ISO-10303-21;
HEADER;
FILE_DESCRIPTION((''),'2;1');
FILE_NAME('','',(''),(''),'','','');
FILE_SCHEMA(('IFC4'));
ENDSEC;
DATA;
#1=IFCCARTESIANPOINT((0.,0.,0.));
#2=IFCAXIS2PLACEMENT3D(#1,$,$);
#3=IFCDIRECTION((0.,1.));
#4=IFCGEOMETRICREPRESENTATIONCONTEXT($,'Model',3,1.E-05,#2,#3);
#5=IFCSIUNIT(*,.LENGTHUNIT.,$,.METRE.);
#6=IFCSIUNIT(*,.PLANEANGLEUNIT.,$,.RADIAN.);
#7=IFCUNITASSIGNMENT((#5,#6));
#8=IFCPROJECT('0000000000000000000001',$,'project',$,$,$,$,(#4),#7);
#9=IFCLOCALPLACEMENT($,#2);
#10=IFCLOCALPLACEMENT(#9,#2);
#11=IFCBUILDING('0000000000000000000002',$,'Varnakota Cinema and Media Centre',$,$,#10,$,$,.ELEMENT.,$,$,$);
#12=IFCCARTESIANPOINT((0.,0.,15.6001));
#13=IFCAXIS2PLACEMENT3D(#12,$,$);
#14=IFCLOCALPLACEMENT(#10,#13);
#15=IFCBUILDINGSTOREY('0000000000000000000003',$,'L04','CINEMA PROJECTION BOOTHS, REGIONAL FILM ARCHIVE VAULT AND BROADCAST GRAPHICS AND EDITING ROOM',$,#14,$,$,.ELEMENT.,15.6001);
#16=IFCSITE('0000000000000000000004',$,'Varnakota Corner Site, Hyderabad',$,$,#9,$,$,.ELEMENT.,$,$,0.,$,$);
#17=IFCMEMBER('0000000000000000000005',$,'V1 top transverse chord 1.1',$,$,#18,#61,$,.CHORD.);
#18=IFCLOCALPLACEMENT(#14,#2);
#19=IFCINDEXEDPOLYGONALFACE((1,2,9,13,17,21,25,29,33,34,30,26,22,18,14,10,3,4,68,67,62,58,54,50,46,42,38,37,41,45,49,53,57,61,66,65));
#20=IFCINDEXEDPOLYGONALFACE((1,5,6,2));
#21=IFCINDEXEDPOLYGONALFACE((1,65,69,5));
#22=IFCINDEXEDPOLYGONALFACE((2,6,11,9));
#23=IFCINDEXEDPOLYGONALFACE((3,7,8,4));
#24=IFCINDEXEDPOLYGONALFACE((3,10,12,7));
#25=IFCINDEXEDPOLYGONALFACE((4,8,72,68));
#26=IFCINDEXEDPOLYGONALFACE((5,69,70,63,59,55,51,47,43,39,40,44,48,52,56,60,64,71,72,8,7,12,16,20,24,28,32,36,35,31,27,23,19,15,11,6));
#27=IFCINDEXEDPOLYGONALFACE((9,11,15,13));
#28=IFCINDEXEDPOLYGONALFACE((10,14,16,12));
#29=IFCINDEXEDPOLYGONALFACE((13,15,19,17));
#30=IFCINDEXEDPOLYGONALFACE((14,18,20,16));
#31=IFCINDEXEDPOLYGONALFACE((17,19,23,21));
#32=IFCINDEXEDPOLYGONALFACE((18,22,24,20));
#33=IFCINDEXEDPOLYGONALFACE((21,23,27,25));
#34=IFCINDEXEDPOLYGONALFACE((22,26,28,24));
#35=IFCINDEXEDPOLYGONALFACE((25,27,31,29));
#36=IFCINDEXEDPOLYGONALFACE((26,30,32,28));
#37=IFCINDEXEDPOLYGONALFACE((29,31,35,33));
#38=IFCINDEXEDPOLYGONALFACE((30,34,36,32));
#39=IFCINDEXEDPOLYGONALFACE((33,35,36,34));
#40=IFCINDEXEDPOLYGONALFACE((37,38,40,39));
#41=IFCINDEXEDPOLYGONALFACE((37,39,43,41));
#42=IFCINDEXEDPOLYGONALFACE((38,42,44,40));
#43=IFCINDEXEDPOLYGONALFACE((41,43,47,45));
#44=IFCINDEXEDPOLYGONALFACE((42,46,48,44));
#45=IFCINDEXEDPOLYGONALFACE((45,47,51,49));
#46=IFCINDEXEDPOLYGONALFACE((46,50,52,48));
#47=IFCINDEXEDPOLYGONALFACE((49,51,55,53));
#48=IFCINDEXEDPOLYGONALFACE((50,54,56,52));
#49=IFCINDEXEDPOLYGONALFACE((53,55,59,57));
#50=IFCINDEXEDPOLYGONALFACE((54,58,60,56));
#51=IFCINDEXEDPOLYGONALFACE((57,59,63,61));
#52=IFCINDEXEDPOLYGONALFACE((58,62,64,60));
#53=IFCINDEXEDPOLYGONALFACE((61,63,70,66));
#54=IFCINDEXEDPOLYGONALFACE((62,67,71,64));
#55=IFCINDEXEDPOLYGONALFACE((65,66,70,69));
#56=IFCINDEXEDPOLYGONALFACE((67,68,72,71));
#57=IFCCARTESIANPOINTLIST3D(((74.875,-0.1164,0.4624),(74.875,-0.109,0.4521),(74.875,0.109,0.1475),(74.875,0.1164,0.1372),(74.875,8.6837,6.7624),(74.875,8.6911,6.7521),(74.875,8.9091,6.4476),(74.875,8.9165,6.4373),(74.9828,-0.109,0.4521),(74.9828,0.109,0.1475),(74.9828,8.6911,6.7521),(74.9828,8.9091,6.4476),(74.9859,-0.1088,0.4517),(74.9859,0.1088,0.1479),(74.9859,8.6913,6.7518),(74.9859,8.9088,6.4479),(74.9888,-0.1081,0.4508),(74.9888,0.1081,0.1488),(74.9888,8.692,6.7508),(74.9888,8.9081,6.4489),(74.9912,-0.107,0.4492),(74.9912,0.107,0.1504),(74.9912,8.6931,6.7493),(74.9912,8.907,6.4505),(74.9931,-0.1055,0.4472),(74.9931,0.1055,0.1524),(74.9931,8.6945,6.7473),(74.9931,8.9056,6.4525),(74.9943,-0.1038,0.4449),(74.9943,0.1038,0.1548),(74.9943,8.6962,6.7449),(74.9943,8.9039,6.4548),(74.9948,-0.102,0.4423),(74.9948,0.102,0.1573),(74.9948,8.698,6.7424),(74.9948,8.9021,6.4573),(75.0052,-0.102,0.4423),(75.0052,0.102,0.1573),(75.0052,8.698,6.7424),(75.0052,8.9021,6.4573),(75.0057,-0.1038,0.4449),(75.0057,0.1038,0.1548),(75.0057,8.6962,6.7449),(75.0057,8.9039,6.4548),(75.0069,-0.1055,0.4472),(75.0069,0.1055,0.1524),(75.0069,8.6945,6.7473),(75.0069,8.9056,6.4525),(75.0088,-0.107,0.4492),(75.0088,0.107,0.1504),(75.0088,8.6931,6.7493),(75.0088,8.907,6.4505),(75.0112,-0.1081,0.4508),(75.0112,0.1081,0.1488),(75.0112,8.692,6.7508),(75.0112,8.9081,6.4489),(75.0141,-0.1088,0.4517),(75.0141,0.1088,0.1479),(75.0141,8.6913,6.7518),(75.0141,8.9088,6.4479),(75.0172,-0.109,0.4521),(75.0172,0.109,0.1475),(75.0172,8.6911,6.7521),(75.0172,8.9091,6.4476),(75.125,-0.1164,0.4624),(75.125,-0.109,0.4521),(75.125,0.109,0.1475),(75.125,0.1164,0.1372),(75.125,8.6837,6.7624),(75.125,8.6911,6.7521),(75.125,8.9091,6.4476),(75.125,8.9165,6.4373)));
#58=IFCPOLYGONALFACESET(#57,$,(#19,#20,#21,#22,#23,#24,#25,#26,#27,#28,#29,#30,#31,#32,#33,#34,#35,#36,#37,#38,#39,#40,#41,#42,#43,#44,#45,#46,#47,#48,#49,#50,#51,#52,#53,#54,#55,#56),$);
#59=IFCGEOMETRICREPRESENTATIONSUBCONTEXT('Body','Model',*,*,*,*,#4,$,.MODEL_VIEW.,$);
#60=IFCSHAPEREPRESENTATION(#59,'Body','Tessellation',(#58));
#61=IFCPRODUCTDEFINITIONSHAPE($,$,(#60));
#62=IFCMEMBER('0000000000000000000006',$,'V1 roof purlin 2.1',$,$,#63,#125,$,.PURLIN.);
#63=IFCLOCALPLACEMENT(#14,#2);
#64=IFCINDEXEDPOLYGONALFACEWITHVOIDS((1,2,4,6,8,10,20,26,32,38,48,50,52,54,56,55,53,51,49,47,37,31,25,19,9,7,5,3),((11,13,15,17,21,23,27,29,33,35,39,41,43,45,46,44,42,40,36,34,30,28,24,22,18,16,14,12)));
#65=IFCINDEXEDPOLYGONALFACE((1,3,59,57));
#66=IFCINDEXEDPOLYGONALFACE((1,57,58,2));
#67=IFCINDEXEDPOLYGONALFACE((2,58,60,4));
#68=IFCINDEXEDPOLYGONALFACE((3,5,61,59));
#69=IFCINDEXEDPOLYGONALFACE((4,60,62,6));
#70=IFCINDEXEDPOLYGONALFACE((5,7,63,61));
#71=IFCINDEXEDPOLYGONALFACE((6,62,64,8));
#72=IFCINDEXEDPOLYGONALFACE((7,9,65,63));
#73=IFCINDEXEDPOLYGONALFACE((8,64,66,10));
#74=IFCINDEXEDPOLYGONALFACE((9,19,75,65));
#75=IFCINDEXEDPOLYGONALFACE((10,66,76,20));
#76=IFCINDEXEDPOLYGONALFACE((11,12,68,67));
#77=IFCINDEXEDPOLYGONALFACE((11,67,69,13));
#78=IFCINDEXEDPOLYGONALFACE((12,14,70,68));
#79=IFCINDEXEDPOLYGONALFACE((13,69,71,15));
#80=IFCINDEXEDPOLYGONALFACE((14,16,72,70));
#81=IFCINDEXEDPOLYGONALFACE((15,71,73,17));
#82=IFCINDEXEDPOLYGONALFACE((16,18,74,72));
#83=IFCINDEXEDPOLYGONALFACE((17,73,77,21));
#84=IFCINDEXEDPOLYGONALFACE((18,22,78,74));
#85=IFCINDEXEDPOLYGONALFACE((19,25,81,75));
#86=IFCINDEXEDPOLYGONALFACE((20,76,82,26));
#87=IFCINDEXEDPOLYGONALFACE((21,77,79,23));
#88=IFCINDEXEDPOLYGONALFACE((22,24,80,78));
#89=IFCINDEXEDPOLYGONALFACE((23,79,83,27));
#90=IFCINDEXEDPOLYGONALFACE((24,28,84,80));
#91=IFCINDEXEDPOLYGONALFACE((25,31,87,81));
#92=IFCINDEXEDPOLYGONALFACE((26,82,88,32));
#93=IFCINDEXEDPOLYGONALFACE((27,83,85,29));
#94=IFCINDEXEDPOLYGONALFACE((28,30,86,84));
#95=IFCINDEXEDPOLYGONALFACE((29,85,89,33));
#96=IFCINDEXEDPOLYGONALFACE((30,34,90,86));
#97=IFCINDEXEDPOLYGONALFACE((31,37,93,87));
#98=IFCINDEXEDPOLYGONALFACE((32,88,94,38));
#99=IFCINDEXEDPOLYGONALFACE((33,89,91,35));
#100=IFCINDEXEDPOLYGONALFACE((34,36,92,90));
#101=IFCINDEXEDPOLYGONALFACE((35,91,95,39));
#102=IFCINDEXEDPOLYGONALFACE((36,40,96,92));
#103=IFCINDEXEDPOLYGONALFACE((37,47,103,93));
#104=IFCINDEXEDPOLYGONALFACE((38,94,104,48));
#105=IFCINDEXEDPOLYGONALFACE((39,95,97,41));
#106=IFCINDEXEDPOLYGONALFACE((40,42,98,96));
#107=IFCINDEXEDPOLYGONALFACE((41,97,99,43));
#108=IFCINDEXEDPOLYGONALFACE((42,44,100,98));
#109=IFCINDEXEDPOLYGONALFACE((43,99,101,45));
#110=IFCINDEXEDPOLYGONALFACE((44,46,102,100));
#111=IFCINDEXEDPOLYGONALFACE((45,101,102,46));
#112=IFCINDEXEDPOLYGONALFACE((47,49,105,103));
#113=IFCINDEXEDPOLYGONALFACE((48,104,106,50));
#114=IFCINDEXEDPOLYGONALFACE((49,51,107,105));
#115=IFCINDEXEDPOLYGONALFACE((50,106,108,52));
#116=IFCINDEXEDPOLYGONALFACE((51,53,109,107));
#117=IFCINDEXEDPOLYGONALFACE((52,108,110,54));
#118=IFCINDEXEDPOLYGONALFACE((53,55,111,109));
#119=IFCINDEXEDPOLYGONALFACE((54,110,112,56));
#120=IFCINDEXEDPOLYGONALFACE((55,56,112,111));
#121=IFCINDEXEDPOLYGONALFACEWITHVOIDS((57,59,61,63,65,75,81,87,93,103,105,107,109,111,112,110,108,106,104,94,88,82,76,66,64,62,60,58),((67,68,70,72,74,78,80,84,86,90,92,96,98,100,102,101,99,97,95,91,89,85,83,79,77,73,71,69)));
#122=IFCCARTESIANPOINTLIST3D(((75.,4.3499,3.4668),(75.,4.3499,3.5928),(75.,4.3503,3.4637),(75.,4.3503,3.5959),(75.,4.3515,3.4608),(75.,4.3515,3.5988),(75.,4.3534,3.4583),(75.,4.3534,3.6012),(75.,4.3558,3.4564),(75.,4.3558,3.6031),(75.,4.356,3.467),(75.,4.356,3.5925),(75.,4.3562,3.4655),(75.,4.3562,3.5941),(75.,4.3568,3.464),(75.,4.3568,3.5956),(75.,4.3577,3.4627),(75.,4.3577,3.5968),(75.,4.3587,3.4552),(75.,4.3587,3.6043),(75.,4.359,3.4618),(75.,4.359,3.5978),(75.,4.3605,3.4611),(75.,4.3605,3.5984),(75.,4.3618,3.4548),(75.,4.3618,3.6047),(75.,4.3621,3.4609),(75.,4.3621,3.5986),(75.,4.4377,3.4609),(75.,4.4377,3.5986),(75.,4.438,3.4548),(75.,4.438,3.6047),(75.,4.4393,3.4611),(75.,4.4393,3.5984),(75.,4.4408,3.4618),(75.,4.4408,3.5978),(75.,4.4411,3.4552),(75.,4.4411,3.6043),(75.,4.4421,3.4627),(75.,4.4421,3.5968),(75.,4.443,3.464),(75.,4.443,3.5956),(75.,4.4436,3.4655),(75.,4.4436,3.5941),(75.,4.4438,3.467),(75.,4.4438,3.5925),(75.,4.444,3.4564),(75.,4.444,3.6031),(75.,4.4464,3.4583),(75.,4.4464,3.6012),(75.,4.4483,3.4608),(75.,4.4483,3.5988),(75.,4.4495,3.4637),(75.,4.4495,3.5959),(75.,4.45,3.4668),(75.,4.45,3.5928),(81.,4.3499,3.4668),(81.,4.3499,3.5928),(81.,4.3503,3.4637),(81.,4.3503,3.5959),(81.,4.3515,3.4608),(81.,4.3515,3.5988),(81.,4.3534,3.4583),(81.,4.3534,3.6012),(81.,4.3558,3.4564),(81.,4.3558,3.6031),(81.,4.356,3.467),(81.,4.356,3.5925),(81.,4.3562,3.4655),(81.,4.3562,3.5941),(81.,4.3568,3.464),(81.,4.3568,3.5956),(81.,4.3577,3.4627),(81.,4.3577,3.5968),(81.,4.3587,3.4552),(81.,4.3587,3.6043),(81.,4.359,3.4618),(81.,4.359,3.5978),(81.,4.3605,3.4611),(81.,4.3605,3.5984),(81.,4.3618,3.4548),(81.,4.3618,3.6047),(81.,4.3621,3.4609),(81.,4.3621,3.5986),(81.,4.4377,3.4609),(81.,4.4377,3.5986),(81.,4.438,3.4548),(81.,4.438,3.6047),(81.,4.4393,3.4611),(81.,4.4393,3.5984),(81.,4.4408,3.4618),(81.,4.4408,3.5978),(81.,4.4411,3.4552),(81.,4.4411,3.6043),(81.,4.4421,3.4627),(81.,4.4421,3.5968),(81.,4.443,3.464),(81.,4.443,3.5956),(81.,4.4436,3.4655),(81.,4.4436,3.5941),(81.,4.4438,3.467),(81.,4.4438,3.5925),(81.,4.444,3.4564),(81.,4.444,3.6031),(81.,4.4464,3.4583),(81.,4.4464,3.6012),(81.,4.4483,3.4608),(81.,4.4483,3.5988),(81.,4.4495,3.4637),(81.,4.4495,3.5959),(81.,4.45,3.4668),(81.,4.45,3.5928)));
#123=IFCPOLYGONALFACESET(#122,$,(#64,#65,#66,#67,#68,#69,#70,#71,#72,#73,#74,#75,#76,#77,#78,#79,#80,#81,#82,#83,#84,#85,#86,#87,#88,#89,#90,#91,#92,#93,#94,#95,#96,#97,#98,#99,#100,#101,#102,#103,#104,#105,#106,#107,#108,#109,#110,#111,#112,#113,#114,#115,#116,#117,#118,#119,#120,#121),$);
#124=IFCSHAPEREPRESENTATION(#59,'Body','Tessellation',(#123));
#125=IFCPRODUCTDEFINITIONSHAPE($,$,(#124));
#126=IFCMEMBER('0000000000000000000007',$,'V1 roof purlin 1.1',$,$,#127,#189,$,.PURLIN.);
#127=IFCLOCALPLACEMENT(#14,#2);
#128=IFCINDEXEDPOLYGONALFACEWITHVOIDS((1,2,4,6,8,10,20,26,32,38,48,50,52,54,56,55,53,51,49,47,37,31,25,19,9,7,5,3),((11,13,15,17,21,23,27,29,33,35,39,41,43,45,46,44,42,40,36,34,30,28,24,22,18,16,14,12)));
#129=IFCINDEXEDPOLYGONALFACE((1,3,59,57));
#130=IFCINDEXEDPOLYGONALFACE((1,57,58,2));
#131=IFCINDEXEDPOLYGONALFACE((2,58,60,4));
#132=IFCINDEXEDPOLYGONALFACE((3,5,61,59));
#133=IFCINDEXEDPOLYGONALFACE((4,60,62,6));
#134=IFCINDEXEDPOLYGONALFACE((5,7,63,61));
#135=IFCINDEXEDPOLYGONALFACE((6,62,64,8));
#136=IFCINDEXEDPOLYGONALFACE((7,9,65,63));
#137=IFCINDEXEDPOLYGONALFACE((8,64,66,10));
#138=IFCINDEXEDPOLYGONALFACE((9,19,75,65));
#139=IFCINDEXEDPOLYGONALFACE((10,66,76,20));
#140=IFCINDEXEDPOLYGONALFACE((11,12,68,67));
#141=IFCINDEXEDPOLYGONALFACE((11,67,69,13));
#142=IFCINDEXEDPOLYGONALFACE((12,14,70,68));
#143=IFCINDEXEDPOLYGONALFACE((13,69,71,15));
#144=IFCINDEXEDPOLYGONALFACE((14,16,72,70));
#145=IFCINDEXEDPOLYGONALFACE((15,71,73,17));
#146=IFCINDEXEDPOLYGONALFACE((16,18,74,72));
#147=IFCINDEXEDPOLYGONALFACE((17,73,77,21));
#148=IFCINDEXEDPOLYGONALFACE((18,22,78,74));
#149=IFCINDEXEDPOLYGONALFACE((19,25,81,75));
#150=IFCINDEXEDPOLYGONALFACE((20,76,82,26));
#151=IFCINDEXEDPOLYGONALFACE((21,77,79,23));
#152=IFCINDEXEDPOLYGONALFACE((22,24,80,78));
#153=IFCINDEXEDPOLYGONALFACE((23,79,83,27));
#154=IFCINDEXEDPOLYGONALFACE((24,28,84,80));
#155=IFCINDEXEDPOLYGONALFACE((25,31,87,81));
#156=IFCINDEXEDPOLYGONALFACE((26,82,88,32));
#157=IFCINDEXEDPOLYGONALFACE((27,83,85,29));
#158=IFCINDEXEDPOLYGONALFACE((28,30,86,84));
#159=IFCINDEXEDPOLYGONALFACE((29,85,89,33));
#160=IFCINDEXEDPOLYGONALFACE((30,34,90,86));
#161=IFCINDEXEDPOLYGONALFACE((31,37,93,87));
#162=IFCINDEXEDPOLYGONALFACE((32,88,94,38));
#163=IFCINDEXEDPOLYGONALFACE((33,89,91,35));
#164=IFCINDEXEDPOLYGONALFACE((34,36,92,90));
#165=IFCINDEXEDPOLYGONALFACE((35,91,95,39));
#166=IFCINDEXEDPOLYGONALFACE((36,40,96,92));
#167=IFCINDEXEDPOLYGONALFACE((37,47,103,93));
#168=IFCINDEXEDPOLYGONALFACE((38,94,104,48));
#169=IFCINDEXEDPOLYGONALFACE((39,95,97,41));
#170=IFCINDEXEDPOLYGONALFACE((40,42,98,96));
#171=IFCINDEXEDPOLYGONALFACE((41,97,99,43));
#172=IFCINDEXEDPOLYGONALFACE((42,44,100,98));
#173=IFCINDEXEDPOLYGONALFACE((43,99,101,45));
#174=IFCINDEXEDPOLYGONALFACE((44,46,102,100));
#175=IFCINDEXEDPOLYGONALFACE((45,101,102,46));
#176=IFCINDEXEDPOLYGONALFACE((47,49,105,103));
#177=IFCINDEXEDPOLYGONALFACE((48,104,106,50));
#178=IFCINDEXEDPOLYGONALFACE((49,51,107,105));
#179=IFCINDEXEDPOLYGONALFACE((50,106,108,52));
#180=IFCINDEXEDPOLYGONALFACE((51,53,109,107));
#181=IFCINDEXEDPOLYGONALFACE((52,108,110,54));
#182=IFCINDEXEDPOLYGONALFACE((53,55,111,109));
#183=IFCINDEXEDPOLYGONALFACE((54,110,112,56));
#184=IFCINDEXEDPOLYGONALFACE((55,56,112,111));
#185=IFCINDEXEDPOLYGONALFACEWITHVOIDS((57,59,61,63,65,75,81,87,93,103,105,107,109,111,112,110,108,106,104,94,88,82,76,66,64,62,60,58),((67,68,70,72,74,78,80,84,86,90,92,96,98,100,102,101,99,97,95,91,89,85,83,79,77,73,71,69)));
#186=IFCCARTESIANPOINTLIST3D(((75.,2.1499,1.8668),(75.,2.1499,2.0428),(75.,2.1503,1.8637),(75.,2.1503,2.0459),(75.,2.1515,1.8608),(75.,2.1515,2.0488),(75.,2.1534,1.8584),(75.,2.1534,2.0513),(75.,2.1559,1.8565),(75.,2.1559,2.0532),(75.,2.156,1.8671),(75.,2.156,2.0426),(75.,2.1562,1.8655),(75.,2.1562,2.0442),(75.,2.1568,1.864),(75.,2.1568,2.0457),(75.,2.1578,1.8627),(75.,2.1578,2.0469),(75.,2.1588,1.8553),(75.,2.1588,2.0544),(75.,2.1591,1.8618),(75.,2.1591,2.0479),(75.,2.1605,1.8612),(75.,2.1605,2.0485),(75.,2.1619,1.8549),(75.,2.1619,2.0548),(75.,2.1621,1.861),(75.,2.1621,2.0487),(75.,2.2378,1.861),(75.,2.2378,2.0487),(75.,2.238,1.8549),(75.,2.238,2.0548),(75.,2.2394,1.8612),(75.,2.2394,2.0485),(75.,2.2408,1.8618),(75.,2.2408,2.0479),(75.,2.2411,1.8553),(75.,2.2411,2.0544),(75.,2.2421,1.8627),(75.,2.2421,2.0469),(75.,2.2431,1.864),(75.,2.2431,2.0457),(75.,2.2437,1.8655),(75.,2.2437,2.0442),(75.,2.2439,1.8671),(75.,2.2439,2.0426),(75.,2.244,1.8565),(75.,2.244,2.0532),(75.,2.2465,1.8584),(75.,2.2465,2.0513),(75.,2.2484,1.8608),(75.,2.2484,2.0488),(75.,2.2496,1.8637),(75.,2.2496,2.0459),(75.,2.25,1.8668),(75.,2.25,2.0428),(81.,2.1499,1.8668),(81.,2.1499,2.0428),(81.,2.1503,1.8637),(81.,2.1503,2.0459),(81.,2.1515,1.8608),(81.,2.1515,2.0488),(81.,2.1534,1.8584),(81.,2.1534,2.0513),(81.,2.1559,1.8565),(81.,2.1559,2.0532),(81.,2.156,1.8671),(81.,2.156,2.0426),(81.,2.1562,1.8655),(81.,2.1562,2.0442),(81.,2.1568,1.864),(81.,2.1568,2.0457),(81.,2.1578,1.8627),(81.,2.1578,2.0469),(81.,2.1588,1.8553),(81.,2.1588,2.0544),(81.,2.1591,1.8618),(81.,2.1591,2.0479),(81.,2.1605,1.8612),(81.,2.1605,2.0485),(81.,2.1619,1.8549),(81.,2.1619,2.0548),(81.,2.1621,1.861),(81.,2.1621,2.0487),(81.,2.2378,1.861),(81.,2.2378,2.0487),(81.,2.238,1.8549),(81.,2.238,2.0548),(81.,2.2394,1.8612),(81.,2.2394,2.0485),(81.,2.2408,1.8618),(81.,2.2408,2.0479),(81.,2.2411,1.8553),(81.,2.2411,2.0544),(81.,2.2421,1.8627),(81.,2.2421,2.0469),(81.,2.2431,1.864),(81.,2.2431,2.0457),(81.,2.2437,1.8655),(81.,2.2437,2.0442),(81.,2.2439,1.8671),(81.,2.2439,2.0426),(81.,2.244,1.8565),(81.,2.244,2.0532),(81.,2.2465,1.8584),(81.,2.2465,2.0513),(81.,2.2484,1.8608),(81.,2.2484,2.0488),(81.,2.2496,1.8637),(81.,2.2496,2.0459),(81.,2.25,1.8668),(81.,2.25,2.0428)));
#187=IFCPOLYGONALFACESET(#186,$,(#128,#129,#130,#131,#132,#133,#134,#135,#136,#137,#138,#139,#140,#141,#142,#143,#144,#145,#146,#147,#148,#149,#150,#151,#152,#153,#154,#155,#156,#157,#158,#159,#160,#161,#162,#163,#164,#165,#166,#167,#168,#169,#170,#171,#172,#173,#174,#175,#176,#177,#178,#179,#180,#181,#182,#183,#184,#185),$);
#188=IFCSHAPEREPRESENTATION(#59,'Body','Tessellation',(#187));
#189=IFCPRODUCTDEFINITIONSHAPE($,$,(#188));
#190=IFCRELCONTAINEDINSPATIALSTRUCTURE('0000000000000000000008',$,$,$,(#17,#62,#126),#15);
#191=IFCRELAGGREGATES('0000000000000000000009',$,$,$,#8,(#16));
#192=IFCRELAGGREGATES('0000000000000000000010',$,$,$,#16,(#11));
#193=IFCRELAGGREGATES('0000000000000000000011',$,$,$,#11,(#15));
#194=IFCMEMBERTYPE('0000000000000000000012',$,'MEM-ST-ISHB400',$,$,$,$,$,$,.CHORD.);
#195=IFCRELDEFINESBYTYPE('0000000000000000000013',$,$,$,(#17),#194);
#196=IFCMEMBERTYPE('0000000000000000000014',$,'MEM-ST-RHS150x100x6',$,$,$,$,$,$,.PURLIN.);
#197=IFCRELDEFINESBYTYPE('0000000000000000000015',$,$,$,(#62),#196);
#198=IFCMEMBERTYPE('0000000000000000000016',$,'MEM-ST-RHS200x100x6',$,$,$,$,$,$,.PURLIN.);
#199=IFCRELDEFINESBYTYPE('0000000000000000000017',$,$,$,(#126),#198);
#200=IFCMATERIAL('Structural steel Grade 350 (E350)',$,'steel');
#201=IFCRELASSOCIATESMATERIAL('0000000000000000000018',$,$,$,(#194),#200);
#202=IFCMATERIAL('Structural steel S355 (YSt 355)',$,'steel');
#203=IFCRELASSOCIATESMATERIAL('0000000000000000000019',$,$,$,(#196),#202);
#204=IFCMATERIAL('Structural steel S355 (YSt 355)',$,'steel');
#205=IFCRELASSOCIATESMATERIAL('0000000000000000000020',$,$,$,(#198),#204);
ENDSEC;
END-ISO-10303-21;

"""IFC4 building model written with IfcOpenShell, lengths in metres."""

from ifc_helpers import new_model, si_unit, direction, frame, origin, origin_2d, place, context, subcontext, project, spatial, hollow_rectangle, i_section, extrude, material, material_profile, profile_set, type_object, element, save


model = new_model("IFC4")

# Units and contexts
model_context = context("Model", 3, precision=1e-05, world=origin(), true_north=direction((0.0, 1.0)))
body_context = subcontext(model_context, "Body", "Model", "MODEL_VIEW")
ifc_project = project(units=[si_unit("LENGTHUNIT", "METRE"), si_unit("PLANEANGLEUNIT", "RADIAN")], contexts=[model_context])

# Site, building, storey
site_placement = place(None, origin())
site = spatial("IfcSite", under=ifc_project, at=site_placement, Name="Varnakota Corner Site, Hyderabad", CompositionType="ELEMENT", RefElevation=0.0)
building_placement = place(site_placement, origin())
building = spatial("IfcBuilding", under=site, at=building_placement, Name="Varnakota Cinema and Media Centre", CompositionType="ELEMENT")
storey_placement = place(building_placement, frame((0.0, 0.0, 15.6001)))
storey = spatial("IfcBuildingStorey", under=building, at=storey_placement, Name="L04", Description="CINEMA PROJECTION BOOTHS, REGIONAL FILM ARCHIVE VAULT AND BROADCAST GRAPHICS AND EDITING ROOM", CompositionType="ELEMENT", Elevation=15.6001)

# Members
ifc_material_1 = material(Name="Structural steel Grade 350 (E350)", Category="steel")
ifc_material_profile_1 = material_profile(ifc_material_1, i_section(OverallWidth=0.25, OverallDepth=0.3999, WebThickness=0.0105, FlangeThickness=0.0127, FilletRadius=0.012, at=origin_2d()), Name="ISHB 400")
ifc_profile_set_1 = profile_set([ifc_material_profile_1], Name="Structural steel Grade 350 (E350)")
member_type_1 = type_object("IfcMemberType", Name="MEM-ST-ISHB400", PredefinedType="CHORD", material=ifc_profile_set_1)
member_1_placement = place(storey_placement, frame((75.0, 0.0, 0.2998), z_axis=(0.0, 0.813108, 0.582113), x_axis=(-1.0, 0.0, 0.0)))
element("IfcMember", 1, at=member_1_placement, inside=storey, type_object=member_type_1, Name="V1 top transverse chord 1.1", PredefinedType="CHORD", context=body_context, shape_type="SweptSolid", body=[
    extrude(i_section(OverallWidth=0.25, OverallDepth=0.3999, WebThickness=0.0105, FlangeThickness=0.0127, FilletRadius=0.012, at=origin_2d()), origin(), (0.0, 0.0, 1.0), 10.8228),
])
ifc_material_2 = material(Name="Structural steel S355 (YSt 355)", Category="steel")
ifc_material_profile_2 = material_profile(ifc_material_2, hollow_rectangle(XDim=0.1001, YDim=0.1499, WallThickness=0.0061, InnerFilletRadius=0.0061, OuterFilletRadius=0.012, at=origin_2d()), Name="RHS 150x100x6")
ifc_profile_set_2 = profile_set([ifc_material_profile_2], Name="Structural steel S355 (YSt 355)")
member_type_2 = type_object("IfcMemberType", Name="MEM-ST-RHS150x100x6", PredefinedType="PURLIN", material=ifc_profile_set_2)
member_2_placement = place(storey_placement, frame((75.0, 4.3999, 3.5298), z_axis=(1.0, 0.0, 0.0), x_axis=(0.0, 1.0, 0.0)))
element("IfcMember", 2, at=member_2_placement, inside=storey, type_object=member_type_2, Name="V1 roof purlin 2.1", PredefinedType="PURLIN", context=body_context, shape_type="SweptSolid", body=[
    extrude(hollow_rectangle(XDim=0.1001, YDim=0.1499, WallThickness=0.0061, InnerFilletRadius=0.0061, OuterFilletRadius=0.012, at=origin_2d()), origin(), (0.0, 0.0, 1.0), 6.0),
])
ifc_material_3 = material(Name="Structural steel S355 (YSt 355)", Category="steel")
ifc_material_profile_3 = material_profile(ifc_material_3, hollow_rectangle(XDim=0.1001, YDim=0.2, WallThickness=0.0061, InnerFilletRadius=0.0061, OuterFilletRadius=0.012, at=origin_2d()), Name="RHS 200x100x6")
ifc_profile_set_3 = profile_set([ifc_material_profile_3], Name="Structural steel S355 (YSt 355)")
member_type_3 = type_object("IfcMemberType", Name="MEM-ST-RHS200x100x6", PredefinedType="PURLIN", material=ifc_profile_set_3)
member_3_placement = place(storey_placement, frame((75.0, 2.2, 1.9548), z_axis=(1.0, 0.0, 0.0), x_axis=(0.0, 1.0, 0.0)))
element("IfcMember", 3, at=member_3_placement, inside=storey, type_object=member_type_3, Name="V1 roof purlin 1.1", PredefinedType="PURLIN", context=body_context, shape_type="SweptSolid", body=[
    extrude(hollow_rectangle(XDim=0.1001, YDim=0.2, WallThickness=0.0061, InnerFilletRadius=0.0061, OuterFilletRadius=0.012, at=origin_2d()), origin(), (0.0, 0.0, 1.0), 6.0),
])

save(model, "model.ifc")
